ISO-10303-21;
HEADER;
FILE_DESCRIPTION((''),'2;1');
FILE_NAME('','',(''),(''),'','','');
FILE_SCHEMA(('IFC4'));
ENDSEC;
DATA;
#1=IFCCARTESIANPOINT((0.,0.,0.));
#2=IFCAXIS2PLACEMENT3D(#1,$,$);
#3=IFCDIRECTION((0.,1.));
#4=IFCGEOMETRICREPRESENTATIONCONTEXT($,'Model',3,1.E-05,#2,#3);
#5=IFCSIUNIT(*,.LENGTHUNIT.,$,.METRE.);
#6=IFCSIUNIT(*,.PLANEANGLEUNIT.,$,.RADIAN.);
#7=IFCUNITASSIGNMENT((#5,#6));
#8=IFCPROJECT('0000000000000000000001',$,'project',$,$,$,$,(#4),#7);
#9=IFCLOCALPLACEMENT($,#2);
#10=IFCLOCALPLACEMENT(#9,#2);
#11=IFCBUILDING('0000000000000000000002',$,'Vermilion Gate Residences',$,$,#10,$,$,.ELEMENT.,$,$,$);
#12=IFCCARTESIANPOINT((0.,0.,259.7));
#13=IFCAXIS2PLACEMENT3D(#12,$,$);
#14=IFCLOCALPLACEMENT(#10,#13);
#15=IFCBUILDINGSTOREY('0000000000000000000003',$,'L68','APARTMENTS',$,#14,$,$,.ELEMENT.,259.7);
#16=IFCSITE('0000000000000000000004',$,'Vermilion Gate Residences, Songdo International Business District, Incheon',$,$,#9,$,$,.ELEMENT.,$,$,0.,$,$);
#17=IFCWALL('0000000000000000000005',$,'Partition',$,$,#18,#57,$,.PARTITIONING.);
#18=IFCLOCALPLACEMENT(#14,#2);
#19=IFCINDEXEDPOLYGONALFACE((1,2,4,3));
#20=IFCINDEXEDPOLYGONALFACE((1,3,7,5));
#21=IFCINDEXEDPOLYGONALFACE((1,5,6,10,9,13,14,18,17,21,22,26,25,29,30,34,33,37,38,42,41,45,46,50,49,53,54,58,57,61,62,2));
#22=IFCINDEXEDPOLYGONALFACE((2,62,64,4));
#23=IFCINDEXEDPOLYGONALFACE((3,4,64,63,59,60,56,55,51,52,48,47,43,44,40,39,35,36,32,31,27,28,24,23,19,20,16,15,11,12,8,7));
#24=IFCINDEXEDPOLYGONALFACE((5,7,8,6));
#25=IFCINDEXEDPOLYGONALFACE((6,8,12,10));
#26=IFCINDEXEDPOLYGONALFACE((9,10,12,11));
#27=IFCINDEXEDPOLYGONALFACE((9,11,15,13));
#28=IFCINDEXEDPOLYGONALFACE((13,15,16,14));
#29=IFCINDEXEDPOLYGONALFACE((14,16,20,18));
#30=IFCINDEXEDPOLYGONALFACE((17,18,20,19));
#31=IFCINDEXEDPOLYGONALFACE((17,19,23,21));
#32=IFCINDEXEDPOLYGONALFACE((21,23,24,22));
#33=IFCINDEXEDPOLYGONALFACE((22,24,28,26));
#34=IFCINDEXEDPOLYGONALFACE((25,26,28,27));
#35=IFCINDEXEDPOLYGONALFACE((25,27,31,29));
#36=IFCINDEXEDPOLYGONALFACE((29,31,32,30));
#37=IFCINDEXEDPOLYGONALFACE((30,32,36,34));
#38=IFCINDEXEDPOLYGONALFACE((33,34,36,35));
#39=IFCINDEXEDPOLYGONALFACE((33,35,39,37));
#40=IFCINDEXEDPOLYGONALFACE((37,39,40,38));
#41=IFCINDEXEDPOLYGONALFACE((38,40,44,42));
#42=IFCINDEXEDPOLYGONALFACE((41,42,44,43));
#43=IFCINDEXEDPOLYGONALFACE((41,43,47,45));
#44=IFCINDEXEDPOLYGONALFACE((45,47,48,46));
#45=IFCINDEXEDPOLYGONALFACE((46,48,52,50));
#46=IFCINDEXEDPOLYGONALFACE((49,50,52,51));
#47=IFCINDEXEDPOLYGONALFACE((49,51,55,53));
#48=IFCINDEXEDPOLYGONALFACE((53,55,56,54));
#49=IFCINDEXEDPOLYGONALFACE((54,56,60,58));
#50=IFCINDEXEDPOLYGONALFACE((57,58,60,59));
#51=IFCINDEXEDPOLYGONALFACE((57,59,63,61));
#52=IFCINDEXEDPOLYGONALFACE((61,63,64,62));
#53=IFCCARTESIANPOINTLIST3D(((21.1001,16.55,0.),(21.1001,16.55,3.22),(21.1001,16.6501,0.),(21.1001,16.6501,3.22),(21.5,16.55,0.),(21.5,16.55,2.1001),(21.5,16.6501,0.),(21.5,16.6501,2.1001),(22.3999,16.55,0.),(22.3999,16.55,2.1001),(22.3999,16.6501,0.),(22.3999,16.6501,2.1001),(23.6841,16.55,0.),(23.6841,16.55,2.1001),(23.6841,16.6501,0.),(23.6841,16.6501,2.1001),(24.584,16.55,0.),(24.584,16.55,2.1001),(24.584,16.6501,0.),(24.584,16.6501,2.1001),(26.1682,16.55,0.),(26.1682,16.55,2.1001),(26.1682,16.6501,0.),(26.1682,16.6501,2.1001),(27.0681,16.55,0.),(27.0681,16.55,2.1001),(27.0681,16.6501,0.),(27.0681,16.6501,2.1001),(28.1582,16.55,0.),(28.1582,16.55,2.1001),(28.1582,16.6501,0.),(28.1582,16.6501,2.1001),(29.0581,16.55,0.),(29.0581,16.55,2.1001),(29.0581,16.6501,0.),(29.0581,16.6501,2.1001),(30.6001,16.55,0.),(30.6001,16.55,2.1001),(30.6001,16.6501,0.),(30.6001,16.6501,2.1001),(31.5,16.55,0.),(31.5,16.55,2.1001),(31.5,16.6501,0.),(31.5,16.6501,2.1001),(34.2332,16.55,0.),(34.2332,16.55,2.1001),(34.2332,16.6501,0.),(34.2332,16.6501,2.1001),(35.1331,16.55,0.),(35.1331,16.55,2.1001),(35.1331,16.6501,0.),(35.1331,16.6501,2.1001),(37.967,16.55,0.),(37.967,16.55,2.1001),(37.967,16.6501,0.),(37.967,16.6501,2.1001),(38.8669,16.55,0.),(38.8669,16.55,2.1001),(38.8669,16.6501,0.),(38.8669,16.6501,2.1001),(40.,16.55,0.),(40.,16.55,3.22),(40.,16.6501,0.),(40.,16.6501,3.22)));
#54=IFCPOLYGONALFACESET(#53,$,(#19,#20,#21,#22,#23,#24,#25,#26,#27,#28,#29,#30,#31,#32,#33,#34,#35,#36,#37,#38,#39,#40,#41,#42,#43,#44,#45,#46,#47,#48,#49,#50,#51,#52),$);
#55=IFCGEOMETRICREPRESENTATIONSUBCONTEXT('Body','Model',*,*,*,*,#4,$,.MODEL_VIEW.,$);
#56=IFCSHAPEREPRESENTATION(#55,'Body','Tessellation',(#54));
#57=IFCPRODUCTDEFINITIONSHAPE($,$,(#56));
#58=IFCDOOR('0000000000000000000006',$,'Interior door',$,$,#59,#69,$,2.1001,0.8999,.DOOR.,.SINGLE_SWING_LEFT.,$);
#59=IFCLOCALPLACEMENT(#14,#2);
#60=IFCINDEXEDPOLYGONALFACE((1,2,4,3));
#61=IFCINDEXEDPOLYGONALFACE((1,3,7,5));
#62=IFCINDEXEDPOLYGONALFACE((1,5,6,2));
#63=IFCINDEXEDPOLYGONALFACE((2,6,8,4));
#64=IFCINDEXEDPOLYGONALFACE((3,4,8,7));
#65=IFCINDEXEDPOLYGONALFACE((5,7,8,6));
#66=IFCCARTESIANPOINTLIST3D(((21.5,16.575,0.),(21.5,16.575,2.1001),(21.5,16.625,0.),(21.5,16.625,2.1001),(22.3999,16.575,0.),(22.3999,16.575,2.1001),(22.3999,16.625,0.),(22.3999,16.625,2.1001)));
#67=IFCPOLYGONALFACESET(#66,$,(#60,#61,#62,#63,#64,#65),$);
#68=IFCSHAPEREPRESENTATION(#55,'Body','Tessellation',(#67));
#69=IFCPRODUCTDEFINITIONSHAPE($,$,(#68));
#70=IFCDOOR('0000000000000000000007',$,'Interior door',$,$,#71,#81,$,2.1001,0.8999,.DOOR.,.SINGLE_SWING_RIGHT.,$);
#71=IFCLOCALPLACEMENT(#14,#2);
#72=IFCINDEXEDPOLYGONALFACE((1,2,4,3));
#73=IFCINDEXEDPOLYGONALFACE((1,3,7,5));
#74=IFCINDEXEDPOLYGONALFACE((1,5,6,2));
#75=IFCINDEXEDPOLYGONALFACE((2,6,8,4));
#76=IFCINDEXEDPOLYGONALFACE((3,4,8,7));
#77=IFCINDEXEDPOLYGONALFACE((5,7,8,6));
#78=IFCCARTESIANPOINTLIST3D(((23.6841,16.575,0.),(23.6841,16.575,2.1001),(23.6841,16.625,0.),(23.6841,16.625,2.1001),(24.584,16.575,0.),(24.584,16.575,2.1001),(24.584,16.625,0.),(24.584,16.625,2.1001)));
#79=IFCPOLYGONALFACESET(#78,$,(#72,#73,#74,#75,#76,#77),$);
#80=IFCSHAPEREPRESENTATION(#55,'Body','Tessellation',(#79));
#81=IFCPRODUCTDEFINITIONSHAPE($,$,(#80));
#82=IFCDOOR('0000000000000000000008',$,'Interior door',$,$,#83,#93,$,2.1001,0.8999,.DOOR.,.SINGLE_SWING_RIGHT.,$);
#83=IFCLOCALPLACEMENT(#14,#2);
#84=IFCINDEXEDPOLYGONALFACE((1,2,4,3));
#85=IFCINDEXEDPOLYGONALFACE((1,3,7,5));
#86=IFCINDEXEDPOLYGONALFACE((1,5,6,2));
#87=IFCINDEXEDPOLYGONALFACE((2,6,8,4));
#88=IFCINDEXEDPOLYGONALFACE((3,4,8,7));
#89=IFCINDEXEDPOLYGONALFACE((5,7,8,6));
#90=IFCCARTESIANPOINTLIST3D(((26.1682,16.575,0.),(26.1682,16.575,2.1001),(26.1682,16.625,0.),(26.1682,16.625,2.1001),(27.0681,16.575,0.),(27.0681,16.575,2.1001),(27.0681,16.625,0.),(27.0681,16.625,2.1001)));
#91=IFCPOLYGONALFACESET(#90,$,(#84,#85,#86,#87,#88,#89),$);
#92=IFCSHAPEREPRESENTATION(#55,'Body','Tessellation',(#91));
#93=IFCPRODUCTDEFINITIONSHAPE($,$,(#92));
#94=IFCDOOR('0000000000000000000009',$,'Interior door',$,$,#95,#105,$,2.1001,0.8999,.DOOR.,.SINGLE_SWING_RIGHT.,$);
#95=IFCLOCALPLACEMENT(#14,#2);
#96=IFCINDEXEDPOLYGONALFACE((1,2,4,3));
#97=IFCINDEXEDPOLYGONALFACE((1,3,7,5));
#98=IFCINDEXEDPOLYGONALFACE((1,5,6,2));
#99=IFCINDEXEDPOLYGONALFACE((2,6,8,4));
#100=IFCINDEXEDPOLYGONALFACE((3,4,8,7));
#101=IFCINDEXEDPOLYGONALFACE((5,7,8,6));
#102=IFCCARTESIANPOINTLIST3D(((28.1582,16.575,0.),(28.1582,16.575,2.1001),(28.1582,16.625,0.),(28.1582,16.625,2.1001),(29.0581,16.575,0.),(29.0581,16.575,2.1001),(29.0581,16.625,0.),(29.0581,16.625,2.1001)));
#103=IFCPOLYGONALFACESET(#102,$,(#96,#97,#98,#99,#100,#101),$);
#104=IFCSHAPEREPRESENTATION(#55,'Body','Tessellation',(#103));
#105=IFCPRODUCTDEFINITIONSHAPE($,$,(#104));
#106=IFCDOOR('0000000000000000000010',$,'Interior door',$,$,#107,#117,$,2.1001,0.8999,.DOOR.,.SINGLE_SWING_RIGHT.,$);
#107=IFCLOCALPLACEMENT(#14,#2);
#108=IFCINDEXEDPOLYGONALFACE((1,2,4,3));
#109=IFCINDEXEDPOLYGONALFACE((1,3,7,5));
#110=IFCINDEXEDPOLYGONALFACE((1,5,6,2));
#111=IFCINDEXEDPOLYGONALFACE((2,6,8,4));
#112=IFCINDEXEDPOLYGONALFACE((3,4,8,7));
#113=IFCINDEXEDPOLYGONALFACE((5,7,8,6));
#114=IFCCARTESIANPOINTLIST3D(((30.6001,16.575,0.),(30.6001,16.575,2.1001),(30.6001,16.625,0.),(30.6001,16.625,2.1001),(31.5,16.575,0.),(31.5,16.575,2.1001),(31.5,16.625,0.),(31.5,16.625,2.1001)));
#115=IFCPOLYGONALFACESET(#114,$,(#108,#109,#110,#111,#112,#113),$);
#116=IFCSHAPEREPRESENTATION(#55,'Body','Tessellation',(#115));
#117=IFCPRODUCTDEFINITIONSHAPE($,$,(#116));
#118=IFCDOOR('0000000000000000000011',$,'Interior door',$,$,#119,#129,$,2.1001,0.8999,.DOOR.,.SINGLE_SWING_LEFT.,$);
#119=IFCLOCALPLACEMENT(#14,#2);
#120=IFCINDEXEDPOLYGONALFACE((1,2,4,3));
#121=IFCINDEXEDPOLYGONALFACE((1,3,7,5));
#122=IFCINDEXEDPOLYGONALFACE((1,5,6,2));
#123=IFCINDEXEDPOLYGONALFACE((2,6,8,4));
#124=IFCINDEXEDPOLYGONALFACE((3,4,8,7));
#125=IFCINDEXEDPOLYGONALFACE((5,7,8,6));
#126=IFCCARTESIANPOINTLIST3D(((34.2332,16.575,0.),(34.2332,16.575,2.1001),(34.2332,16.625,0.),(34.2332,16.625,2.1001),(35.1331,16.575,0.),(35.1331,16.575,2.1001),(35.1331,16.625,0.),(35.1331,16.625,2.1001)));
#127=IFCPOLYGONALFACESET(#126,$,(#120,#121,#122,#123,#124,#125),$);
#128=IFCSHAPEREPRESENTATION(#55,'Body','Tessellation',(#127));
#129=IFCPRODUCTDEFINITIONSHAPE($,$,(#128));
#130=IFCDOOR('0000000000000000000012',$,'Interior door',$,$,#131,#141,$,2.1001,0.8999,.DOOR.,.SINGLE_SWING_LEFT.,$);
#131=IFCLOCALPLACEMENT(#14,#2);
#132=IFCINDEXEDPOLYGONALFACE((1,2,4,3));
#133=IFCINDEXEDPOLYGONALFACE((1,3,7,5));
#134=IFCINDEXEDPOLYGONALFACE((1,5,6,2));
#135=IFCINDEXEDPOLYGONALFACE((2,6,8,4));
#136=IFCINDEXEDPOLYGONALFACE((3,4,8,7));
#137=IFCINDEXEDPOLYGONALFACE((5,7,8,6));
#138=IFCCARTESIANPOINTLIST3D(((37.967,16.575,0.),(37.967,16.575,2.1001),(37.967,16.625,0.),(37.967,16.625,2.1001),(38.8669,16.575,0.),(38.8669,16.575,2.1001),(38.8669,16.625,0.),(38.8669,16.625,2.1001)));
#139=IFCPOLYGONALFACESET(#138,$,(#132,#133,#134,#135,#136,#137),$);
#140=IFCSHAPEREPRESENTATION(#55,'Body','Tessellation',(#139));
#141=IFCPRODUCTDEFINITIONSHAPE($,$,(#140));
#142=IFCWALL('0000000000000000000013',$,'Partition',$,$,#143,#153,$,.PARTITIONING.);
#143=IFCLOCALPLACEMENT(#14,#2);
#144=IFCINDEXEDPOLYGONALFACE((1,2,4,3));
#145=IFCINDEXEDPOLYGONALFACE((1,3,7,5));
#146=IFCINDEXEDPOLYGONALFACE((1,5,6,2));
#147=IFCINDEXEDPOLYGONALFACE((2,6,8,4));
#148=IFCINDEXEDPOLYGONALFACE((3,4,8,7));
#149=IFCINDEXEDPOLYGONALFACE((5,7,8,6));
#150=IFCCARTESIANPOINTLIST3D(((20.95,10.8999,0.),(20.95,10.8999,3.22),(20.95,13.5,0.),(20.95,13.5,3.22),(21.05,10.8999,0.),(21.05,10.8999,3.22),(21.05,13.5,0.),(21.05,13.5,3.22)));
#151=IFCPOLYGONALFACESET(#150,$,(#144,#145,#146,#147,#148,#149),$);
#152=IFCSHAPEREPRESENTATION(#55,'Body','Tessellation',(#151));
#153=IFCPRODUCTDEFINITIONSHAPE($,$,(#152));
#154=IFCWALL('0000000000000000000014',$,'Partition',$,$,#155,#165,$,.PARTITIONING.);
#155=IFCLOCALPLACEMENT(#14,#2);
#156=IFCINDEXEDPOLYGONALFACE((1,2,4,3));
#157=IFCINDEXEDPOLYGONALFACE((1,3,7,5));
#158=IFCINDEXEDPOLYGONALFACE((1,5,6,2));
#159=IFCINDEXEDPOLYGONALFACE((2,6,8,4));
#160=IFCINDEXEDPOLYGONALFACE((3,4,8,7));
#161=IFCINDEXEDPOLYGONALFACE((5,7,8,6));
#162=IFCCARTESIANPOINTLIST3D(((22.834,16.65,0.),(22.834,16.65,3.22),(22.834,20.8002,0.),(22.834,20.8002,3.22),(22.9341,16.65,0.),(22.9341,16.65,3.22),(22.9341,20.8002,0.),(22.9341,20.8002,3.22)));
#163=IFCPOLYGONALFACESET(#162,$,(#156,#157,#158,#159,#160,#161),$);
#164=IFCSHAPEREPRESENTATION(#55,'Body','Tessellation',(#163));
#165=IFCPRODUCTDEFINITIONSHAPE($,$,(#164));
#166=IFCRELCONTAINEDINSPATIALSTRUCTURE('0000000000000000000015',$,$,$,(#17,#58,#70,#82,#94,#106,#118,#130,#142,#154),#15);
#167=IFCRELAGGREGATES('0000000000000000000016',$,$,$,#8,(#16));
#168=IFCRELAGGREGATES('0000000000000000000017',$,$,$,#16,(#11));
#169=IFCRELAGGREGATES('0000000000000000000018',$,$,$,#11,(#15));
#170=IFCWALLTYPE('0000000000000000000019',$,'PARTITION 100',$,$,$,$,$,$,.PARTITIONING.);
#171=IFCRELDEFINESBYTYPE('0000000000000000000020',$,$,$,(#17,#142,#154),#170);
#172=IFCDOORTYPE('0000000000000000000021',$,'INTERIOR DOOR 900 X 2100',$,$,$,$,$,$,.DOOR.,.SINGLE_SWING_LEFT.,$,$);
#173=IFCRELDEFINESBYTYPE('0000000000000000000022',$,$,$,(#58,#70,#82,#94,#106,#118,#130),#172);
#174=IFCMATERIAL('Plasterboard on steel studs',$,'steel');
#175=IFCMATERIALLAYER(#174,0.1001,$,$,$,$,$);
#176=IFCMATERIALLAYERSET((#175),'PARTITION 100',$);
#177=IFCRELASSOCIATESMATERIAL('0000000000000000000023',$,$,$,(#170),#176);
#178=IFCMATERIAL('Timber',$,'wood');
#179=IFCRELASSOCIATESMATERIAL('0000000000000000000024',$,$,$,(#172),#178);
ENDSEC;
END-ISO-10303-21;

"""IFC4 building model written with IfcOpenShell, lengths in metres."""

from ifc_helpers import new_model, si_unit, direction, frame, frame_2d, origin, place, context, subcontext, project, spatial, rectangle, extrude, material, layer, layer_set, type_object, element, fill, save


model = new_model("IFC4")

# Units and contexts
model_context = context("Model", 3, precision=1e-05, world=origin(), true_north=direction((0.0, 1.0)))
body_context = subcontext(model_context, "Body", "Model", "MODEL_VIEW")
ifc_project = project(units=[si_unit("LENGTHUNIT", "METRE"), si_unit("PLANEANGLEUNIT", "RADIAN")], contexts=[model_context])

# Site, building, storey
site_placement = place(None, origin())
site = spatial("IfcSite", under=ifc_project, at=site_placement, Name="Vermilion Gate Residences, Songdo International Business District, Incheon", CompositionType="ELEMENT", RefElevation=0.0)
building_placement = place(site_placement, origin())
building = spatial("IfcBuilding", under=site, at=building_placement, Name="Vermilion Gate Residences", CompositionType="ELEMENT")
storey_placement = place(building_placement, frame((0.0, 0.0, 259.7)))
storey = spatial("IfcBuildingStorey", under=building, at=storey_placement, Name="L68", Description="APARTMENTS", CompositionType="ELEMENT", Elevation=259.7)

# Wall, openings, doors
ifc_material_1 = material(Name="Plasterboard on steel studs", Category="steel")
ifc_layer_1 = layer(ifc_material_1, 0.1001)
ifc_layer_set_1 = layer_set([ifc_layer_1], Name="PARTITION 100")
wall_type_1 = type_object("IfcWallType", Name="PARTITION 100", PredefinedType="PARTITIONING", material=ifc_layer_set_1)
ifc_material_2 = material(Name="Timber", Category="wood")
door_type_1 = type_object("IfcDoorType", Name="INTERIOR DOOR 900 X 2100", OperationType="SINGLE_SWING_LEFT", PredefinedType="DOOR", material=ifc_material_2)
wall_1_placement = place(storey_placement, frame((21.1001, 16.6001, 0.0), z_axis=(0.0, 0.0, 1.0), x_axis=(1.0, 0.0, 0.0)))
wall_1 = element("IfcWall", 1, at=wall_1_placement, inside=storey, type_object=wall_type_1, Name="Partition", PredefinedType="PARTITIONING", context=body_context, shape_type="SweptSolid", body=[
    extrude(rectangle(XDim=18.8999, YDim=0.1001, at=frame_2d((9.45, 0.0))), origin(), (0.0, 0.0, 1.0), 3.22),
])
opening_1_placement = place(wall_1_placement, frame((0.3999, 0.0, 0.0)))
opening_1 = element("IfcOpeningElement", 2, at=opening_1_placement, cuts=wall_1, PredefinedType="OPENING", context=body_context, shape_type="SweptSolid", body=[
    extrude(rectangle(XDim=0.8999, YDim=2.1001, at=frame_2d((0.45, 1.05))), frame((0.0, 0.0601, 0.0), z_axis=(0.0, -1.0, 0.0), x_axis=(1.0, 0.0, 0.0)), (0.0, 0.0, 1.0), 0.1201),
])
opening_2_placement = place(wall_1_placement, frame((2.584, 0.0, 0.0)))
opening_2 = element("IfcOpeningElement", 3, at=opening_2_placement, cuts=wall_1, PredefinedType="OPENING", context=body_context, shape_type="SweptSolid", body=[
    extrude(rectangle(XDim=0.8999, YDim=2.1001, at=frame_2d((0.45, 1.05))), frame((0.0, 0.0601, 0.0), z_axis=(0.0, -1.0, 0.0), x_axis=(1.0, 0.0, 0.0)), (0.0, 0.0, 1.0), 0.1201),
])
opening_3_placement = place(wall_1_placement, frame((5.0681, 0.0, 0.0)))
opening_3 = element("IfcOpeningElement", 4, at=opening_3_placement, cuts=wall_1, PredefinedType="OPENING", context=body_context, shape_type="SweptSolid", body=[
    extrude(rectangle(XDim=0.8999, YDim=2.1001, at=frame_2d((0.45, 1.05))), frame((0.0, 0.0601, 0.0), z_axis=(0.0, -1.0, 0.0), x_axis=(1.0, 0.0, 0.0)), (0.0, 0.0, 1.0), 0.1201),
])
opening_4_placement = place(wall_1_placement, frame((7.0581, 0.0, 0.0)))
opening_4 = element("IfcOpeningElement", 5, at=opening_4_placement, cuts=wall_1, PredefinedType="OPENING", context=body_context, shape_type="SweptSolid", body=[
    extrude(rectangle(XDim=0.8999, YDim=2.1001, at=frame_2d((0.45, 1.05))), frame((0.0, 0.0601, 0.0), z_axis=(0.0, -1.0, 0.0), x_axis=(1.0, 0.0, 0.0)), (0.0, 0.0, 1.0), 0.1201),
])
opening_5_placement = place(wall_1_placement, frame((9.5, 0.0, 0.0)))
opening_5 = element("IfcOpeningElement", 6, at=opening_5_placement, cuts=wall_1, PredefinedType="OPENING", context=body_context, shape_type="SweptSolid", body=[
    extrude(rectangle(XDim=0.8999, YDim=2.1001, at=frame_2d((0.45, 1.05))), frame((0.0, 0.0601, 0.0), z_axis=(0.0, -1.0, 0.0), x_axis=(1.0, 0.0, 0.0)), (0.0, 0.0, 1.0), 0.1201),
])
opening_6_placement = place(wall_1_placement, frame((13.1331, 0.0, 0.0)))
opening_6 = element("IfcOpeningElement", 7, at=opening_6_placement, cuts=wall_1, PredefinedType="OPENING", context=body_context, shape_type="SweptSolid", body=[
    extrude(rectangle(XDim=0.8999, YDim=2.1001, at=frame_2d((0.45, 1.05))), frame((0.0, 0.0601, 0.0), z_axis=(0.0, -1.0, 0.0), x_axis=(1.0, 0.0, 0.0)), (0.0, 0.0, 1.0), 0.1201),
])
opening_7_placement = place(wall_1_placement, frame((16.8669, 0.0, 0.0)))
opening_7 = element("IfcOpeningElement", 8, at=opening_7_placement, cuts=wall_1, PredefinedType="OPENING", context=body_context, shape_type="SweptSolid", body=[
    extrude(rectangle(XDim=0.8999, YDim=2.1001, at=frame_2d((0.45, 1.05))), frame((0.0, 0.0601, 0.0), z_axis=(0.0, -1.0, 0.0), x_axis=(1.0, 0.0, 0.0)), (0.0, 0.0, 1.0), 0.1201),
])
door_1_placement = place(opening_1_placement, origin())
door_1 = element("IfcDoor", 9, at=door_1_placement, inside=storey, type_object=door_type_1, Name="Interior door", OperationType="SINGLE_SWING_LEFT", OverallHeight=2.1001, OverallWidth=0.8999, PredefinedType="DOOR", context=body_context, shape_type="SweptSolid", body=[
    extrude(rectangle(XDim=0.8999, YDim=2.1001, at=frame_2d((0.45, 1.05))), frame((0.0, 0.0249, 0.0), z_axis=(0.0, -1.0, 0.0), x_axis=(1.0, 0.0, 0.0)), (0.0, 0.0, 1.0), 0.05),
])
fill(opening_1, door_1)
door_2_placement = place(opening_2_placement, origin())
door_2 = element("IfcDoor", 10, at=door_2_placement, inside=storey, type_object=door_type_1, Name="Interior door", OperationType="SINGLE_SWING_RIGHT", OverallHeight=2.1001, OverallWidth=0.8999, PredefinedType="DOOR", context=body_context, shape_type="SweptSolid", body=[
    extrude(rectangle(XDim=0.8999, YDim=2.1001, at=frame_2d((0.45, 1.05))), frame((0.0, 0.0249, 0.0), z_axis=(0.0, -1.0, 0.0), x_axis=(1.0, 0.0, 0.0)), (0.0, 0.0, 1.0), 0.05),
])
fill(opening_2, door_2)
door_3_placement = place(opening_3_placement, origin())
door_3 = element("IfcDoor", 11, at=door_3_placement, inside=storey, type_object=door_type_1, Name="Interior door", OperationType="SINGLE_SWING_RIGHT", OverallHeight=2.1001, OverallWidth=0.8999, PredefinedType="DOOR", context=body_context, shape_type="SweptSolid", body=[
    extrude(rectangle(XDim=0.8999, YDim=2.1001, at=frame_2d((0.45, 1.05))), frame((0.0, 0.0249, 0.0), z_axis=(0.0, -1.0, 0.0), x_axis=(1.0, 0.0, 0.0)), (0.0, 0.0, 1.0), 0.05),
])
fill(opening_3, door_3)
door_4_placement = place(opening_4_placement, origin())
door_4 = element("IfcDoor", 12, at=door_4_placement, inside=storey, type_object=door_type_1, Name="Interior door", OperationType="SINGLE_SWING_RIGHT", OverallHeight=2.1001, OverallWidth=0.8999, PredefinedType="DOOR", context=body_context, shape_type="SweptSolid", body=[
    extrude(rectangle(XDim=0.8999, YDim=2.1001, at=frame_2d((0.45, 1.05))), frame((0.0, 0.0249, 0.0), z_axis=(0.0, -1.0, 0.0), x_axis=(1.0, 0.0, 0.0)), (0.0, 0.0, 1.0), 0.05),
])
fill(opening_4, door_4)
door_5_placement = place(opening_5_placement, origin())
door_5 = element("IfcDoor", 13, at=door_5_placement, inside=storey, type_object=door_type_1, Name="Interior door", OperationType="SINGLE_SWING_RIGHT", OverallHeight=2.1001, OverallWidth=0.8999, PredefinedType="DOOR", context=body_context, shape_type="SweptSolid", body=[
    extrude(rectangle(XDim=0.8999, YDim=2.1001, at=frame_2d((0.45, 1.05))), frame((0.0, 0.0249, 0.0), z_axis=(0.0, -1.0, 0.0), x_axis=(1.0, 0.0, 0.0)), (0.0, 0.0, 1.0), 0.05),
])
fill(opening_5, door_5)
door_6_placement = place(opening_6_placement, origin())
door_6 = element("IfcDoor", 14, at=door_6_placement, inside=storey, type_object=door_type_1, Name="Interior door", OperationType="SINGLE_SWING_LEFT", OverallHeight=2.1001, OverallWidth=0.8999, PredefinedType="DOOR", context=body_context, shape_type="SweptSolid", body=[
    extrude(rectangle(XDim=0.8999, YDim=2.1001, at=frame_2d((0.45, 1.05))), frame((0.0, 0.0249, 0.0), z_axis=(0.0, -1.0, 0.0), x_axis=(1.0, 0.0, 0.0)), (0.0, 0.0, 1.0), 0.05),
])
fill(opening_6, door_6)
door_7_placement = place(opening_7_placement, origin())
door_7 = element("IfcDoor", 15, at=door_7_placement, inside=storey, type_object=door_type_1, Name="Interior door", OperationType="SINGLE_SWING_LEFT", OverallHeight=2.1001, OverallWidth=0.8999, PredefinedType="DOOR", context=body_context, shape_type="SweptSolid", body=[
    extrude(rectangle(XDim=0.8999, YDim=2.1001, at=frame_2d((0.45, 1.05))), frame((0.0, 0.0249, 0.0), z_axis=(0.0, -1.0, 0.0), x_axis=(1.0, 0.0, 0.0)), (0.0, 0.0, 1.0), 0.05),
])
fill(opening_7, door_7)

# Walls
wall_2_placement = place(storey_placement, frame((21.0, 10.8999, 0.0), z_axis=(0.0, 0.0, 1.0), x_axis=(0.0, 1.0, 0.0)))
element("IfcWall", 16, at=wall_2_placement, inside=storey, type_object=wall_type_1, Name="Partition", PredefinedType="PARTITIONING", context=body_context, shape_type="SweptSolid", body=[
    extrude(rectangle(XDim=2.6001, YDim=0.1001, at=frame_2d((1.3, 0.0))), origin(), (0.0, 0.0, 1.0), 3.22),
])
wall_3_placement = place(storey_placement, frame((22.884, 16.6499, 0.0), z_axis=(0.0, 0.0, 1.0), x_axis=(0.0, 1.0, 0.0)))
element("IfcWall", 17, at=wall_3_placement, inside=storey, type_object=wall_type_1, Name="Partition", PredefinedType="PARTITIONING", context=body_context, shape_type="SweptSolid", body=[
    extrude(rectangle(XDim=4.1501, YDim=0.1001, at=frame_2d((2.0752, 0.0))), origin(), (0.0, 0.0, 1.0), 3.22),
])

save(model, "model.ifc")
